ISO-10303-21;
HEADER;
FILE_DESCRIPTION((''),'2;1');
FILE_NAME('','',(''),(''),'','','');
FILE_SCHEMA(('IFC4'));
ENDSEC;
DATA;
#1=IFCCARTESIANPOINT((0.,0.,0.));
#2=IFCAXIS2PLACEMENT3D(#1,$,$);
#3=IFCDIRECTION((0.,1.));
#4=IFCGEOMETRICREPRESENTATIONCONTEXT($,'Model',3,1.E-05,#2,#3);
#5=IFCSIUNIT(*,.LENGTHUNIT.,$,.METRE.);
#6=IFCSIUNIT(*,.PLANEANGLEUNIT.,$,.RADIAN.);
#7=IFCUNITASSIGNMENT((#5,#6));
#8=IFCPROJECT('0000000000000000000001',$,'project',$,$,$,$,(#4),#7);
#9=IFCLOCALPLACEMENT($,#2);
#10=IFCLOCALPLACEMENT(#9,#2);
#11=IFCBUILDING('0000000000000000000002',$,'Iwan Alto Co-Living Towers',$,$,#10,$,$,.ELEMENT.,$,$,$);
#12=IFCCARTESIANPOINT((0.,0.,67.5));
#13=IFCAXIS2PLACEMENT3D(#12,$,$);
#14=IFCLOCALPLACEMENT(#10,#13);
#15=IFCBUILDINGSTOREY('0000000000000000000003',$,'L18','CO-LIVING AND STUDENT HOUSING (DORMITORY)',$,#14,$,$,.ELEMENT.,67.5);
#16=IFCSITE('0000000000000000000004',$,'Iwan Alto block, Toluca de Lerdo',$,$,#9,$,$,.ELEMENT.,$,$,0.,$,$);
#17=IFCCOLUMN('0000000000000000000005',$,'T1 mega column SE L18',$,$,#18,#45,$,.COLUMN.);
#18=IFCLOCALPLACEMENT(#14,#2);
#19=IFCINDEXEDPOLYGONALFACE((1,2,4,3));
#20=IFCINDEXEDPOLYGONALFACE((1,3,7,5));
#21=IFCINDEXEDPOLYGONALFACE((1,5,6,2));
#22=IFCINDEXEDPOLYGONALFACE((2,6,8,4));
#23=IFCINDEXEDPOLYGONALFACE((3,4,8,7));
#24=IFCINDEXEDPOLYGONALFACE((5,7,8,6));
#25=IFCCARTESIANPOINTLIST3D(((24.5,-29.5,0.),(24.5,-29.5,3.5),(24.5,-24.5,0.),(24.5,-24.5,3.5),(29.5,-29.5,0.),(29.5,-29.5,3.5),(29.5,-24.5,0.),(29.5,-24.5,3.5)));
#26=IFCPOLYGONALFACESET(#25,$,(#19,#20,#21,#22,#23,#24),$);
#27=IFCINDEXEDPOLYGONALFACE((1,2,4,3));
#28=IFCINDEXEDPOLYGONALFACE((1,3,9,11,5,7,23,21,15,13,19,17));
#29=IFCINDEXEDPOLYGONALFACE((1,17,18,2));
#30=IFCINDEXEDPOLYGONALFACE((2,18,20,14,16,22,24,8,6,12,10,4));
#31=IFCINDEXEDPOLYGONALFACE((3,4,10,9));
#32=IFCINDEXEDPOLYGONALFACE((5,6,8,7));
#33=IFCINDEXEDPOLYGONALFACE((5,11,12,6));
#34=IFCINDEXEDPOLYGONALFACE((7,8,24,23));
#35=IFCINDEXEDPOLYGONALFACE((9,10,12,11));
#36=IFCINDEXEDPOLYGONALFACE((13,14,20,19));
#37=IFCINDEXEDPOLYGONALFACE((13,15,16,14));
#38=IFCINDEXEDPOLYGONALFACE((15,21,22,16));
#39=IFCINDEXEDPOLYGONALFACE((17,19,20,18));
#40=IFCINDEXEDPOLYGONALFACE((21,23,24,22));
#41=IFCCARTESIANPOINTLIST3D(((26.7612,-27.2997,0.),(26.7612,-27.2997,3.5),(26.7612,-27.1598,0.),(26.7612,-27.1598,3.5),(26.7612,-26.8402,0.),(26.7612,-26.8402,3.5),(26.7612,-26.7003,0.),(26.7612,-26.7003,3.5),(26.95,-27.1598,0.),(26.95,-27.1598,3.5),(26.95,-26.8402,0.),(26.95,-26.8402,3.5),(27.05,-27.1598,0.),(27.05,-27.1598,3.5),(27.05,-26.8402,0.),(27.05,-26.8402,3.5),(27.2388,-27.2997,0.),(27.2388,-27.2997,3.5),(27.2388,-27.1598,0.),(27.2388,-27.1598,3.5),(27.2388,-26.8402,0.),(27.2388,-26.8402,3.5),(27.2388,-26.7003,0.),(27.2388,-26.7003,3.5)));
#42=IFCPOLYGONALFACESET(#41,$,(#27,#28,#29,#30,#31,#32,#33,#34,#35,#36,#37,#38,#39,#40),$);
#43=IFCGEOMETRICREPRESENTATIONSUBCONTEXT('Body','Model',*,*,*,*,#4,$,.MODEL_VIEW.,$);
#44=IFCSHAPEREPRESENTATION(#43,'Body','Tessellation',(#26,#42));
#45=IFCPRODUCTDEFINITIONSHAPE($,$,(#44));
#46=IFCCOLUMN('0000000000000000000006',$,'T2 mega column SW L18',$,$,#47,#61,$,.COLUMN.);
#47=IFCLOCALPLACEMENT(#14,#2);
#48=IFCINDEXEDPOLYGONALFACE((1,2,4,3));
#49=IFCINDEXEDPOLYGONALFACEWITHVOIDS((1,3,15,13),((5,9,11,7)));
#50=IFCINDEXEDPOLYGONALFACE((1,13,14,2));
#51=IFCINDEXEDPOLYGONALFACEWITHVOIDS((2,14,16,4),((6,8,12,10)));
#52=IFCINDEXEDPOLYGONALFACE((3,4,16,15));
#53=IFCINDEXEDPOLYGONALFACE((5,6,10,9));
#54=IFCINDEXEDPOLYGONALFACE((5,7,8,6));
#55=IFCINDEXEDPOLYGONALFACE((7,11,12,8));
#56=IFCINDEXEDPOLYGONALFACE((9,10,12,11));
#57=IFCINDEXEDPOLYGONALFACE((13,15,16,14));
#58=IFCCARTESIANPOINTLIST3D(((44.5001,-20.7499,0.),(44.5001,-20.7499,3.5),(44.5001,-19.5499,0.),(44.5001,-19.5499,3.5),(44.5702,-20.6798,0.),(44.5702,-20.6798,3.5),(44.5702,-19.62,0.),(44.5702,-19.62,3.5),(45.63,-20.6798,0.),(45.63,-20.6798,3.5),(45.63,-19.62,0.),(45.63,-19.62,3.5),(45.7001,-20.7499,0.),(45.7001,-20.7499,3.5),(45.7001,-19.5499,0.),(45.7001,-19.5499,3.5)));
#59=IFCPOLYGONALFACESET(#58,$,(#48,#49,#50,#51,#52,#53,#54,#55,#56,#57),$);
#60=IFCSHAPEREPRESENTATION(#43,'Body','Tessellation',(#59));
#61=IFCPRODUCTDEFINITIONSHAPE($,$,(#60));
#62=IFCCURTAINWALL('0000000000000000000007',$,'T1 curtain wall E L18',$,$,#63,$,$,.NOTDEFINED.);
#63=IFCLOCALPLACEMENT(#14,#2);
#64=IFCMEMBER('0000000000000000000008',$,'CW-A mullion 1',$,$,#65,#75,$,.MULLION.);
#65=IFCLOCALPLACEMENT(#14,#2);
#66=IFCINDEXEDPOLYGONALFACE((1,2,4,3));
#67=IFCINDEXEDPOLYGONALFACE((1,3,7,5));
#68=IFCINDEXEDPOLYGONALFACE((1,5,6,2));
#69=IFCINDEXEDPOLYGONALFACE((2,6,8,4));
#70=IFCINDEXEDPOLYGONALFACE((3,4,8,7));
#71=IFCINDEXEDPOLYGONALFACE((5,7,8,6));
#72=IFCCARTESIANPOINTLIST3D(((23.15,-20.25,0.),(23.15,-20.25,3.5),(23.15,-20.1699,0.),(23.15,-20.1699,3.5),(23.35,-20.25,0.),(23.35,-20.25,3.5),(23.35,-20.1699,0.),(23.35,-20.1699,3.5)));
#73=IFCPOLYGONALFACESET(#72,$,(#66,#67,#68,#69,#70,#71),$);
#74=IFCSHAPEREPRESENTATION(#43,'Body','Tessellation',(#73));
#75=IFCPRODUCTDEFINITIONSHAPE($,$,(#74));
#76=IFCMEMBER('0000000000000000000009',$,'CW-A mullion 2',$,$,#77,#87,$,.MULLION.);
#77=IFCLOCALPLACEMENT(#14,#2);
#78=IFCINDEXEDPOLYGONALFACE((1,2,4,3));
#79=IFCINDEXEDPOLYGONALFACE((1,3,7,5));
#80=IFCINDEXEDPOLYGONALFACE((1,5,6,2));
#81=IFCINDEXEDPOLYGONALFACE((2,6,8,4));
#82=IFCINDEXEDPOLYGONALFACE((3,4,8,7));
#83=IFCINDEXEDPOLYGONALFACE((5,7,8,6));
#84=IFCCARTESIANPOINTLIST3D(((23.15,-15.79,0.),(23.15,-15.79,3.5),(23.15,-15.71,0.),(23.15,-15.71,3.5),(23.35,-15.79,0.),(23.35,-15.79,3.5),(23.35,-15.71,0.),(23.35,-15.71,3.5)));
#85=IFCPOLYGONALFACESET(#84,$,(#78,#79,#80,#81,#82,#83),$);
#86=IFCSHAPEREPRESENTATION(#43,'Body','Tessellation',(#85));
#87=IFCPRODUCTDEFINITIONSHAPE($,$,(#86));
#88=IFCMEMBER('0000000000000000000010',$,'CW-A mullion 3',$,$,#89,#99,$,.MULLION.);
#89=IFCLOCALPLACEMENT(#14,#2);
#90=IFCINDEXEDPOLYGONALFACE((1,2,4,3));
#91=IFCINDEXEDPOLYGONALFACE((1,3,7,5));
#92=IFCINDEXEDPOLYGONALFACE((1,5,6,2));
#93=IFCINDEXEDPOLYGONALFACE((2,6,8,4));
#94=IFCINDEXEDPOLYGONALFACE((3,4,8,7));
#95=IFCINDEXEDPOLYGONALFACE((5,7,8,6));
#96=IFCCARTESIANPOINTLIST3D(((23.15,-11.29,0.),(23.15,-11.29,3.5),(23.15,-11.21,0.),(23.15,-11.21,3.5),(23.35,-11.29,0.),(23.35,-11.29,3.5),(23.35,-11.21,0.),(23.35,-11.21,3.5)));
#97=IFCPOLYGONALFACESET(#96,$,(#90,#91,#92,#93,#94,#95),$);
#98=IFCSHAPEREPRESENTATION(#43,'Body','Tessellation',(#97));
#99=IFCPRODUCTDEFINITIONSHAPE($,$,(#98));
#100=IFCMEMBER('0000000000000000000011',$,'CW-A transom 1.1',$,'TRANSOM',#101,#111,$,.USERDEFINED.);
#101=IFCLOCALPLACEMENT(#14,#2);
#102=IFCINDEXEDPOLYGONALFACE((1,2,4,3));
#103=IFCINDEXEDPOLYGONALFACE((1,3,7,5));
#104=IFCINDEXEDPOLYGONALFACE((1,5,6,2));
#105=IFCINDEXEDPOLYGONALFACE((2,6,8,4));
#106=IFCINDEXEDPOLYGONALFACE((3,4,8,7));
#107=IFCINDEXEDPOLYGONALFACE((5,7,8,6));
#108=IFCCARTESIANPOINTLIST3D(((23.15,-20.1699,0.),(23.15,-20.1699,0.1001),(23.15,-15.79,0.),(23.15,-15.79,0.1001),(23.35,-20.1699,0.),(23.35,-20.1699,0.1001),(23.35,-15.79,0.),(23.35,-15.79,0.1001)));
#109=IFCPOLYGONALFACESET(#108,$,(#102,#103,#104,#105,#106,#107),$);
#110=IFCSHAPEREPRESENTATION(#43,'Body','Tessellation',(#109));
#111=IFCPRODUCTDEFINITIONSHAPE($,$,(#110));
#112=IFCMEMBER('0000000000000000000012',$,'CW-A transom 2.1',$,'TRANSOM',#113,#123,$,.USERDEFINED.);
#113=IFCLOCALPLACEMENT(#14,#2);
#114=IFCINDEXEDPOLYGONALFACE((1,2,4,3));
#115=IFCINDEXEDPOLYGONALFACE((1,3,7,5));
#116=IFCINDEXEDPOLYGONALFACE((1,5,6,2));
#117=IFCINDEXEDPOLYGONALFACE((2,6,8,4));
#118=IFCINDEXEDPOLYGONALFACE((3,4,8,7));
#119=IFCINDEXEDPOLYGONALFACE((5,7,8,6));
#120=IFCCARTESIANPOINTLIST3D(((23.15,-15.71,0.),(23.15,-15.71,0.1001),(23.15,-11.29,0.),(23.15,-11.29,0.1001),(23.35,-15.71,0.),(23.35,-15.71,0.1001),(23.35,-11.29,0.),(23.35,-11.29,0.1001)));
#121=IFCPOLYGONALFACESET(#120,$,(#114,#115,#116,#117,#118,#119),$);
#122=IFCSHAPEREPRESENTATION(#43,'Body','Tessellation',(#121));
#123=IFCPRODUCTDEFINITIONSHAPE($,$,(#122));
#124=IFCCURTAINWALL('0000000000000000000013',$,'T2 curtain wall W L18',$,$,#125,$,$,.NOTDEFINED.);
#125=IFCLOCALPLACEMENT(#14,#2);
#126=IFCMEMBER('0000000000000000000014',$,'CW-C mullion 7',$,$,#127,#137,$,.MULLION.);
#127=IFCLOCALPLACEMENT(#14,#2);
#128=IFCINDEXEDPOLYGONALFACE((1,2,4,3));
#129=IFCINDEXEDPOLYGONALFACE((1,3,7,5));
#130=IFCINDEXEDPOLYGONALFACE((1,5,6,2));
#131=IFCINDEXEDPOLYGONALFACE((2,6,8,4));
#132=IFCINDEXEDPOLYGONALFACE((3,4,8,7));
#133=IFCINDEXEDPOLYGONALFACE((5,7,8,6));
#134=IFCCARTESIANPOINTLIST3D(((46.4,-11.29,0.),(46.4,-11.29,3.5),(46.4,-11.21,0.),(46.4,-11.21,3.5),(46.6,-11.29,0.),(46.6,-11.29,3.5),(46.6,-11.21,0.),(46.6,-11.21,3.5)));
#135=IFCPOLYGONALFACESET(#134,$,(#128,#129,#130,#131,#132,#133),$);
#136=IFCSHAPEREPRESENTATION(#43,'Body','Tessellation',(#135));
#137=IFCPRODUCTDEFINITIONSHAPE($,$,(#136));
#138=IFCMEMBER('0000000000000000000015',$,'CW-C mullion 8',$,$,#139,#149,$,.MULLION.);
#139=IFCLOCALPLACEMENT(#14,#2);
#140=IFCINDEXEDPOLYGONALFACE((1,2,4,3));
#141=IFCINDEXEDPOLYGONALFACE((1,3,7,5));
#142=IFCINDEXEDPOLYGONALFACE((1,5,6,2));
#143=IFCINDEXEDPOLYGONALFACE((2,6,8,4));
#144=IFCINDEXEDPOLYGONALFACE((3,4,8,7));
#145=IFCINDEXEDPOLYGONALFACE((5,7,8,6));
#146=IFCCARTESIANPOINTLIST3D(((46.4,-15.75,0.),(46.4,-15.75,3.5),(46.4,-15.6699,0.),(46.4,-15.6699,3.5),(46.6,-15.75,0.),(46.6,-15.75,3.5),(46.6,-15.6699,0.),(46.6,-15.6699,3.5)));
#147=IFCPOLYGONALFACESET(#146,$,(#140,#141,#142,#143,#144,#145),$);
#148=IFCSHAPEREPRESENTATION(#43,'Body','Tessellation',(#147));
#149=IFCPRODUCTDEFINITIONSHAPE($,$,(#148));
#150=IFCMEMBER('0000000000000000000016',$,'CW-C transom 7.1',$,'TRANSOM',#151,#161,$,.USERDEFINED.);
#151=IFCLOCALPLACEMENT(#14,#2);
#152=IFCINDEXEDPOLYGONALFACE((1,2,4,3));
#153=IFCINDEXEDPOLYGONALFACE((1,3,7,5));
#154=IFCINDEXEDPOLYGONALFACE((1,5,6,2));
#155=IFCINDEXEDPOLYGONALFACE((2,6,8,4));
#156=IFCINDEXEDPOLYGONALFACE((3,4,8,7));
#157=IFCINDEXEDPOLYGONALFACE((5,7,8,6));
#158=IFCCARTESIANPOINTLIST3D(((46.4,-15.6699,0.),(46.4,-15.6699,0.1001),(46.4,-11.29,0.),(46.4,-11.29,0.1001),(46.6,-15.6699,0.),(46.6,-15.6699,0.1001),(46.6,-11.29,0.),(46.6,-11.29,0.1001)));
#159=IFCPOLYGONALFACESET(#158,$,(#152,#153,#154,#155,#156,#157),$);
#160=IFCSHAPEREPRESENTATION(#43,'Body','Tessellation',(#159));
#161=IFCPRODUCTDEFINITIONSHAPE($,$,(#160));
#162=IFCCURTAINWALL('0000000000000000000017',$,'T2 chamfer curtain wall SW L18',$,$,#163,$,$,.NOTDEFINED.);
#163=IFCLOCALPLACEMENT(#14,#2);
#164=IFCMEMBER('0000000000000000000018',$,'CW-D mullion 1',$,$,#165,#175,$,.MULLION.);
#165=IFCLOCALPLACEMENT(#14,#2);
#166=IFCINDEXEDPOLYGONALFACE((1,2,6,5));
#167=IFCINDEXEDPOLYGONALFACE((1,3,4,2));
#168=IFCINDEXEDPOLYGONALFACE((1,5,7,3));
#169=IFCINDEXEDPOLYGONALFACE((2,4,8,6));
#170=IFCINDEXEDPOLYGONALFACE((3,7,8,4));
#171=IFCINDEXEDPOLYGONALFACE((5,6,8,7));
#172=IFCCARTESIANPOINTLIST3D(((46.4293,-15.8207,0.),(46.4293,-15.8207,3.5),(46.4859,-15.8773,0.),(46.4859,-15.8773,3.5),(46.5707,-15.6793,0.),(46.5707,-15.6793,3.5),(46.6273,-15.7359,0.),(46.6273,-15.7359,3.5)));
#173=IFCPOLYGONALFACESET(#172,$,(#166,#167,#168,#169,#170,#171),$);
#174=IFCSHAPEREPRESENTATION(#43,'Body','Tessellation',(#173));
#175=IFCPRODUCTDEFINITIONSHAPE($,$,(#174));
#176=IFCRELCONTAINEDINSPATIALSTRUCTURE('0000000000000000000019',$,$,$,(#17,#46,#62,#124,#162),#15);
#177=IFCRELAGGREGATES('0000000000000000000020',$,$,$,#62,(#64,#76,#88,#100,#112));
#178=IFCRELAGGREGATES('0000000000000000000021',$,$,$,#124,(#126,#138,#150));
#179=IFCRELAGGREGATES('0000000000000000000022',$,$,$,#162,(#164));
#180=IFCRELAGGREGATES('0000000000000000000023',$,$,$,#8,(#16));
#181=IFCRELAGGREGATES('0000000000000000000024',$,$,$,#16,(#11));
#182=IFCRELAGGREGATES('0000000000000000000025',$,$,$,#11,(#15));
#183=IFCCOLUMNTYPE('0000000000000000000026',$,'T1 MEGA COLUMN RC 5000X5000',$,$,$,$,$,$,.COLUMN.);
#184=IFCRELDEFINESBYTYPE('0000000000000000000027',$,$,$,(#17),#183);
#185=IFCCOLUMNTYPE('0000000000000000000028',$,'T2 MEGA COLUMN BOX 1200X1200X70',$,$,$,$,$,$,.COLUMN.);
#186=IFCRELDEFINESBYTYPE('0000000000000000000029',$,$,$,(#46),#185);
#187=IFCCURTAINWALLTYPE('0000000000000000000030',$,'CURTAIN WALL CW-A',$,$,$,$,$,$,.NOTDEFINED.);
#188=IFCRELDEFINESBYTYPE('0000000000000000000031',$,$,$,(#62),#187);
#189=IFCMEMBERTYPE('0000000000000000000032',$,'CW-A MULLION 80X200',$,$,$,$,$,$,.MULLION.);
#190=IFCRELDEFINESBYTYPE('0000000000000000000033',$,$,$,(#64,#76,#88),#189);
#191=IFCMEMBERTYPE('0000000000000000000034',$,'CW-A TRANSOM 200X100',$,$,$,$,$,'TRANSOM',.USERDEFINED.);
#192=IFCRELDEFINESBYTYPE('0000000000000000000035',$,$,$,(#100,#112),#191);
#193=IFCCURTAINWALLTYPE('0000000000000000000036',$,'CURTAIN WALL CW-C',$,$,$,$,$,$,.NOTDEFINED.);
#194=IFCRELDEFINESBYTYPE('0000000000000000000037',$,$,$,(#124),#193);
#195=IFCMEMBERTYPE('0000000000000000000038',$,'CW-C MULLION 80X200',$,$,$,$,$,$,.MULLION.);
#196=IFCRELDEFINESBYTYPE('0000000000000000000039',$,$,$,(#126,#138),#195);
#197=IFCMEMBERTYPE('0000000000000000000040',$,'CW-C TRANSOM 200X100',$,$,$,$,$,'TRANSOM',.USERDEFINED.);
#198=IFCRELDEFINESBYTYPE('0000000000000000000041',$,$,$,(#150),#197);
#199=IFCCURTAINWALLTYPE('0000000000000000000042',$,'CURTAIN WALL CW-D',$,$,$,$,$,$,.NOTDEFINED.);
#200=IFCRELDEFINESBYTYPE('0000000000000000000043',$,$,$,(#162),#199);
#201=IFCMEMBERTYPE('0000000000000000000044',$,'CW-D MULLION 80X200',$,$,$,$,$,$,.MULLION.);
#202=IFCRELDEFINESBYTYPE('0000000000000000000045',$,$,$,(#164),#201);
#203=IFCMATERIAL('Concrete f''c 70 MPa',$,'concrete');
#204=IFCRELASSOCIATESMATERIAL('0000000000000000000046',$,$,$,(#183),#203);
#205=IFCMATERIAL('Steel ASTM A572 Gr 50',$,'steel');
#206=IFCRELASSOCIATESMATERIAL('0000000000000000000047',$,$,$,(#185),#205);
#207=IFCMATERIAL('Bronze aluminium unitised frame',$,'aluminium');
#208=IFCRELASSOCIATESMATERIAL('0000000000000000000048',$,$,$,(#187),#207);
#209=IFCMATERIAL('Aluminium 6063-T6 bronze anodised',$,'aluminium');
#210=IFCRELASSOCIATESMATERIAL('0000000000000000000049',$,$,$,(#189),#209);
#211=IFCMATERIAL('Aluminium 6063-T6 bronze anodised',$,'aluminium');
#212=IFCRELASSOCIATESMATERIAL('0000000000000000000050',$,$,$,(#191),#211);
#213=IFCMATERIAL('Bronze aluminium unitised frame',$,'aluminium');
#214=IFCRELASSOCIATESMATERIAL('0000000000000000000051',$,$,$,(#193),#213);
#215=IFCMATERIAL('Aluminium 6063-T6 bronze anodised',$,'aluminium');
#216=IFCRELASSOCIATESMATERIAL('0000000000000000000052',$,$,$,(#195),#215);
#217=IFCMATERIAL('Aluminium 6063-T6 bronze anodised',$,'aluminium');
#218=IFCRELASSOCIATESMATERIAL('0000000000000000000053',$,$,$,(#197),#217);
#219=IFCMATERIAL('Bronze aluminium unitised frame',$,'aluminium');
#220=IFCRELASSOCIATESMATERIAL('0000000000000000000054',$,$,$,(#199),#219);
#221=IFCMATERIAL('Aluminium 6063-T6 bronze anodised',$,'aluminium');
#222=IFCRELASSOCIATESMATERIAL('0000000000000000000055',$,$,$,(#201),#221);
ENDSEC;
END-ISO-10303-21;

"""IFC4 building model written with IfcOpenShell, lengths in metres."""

from ifc_helpers import new_model, si_unit, direction, frame, origin, origin_2d, place, context, subcontext, project, spatial, rectangle, hollow_rectangle, i_section, extrude, material, material_profile, profile_set, type_object, element, aggregate, save


model = new_model("IFC4")

# Units and contexts
model_context = context("Model", 3, precision=1e-05, world=origin(), true_north=direction((0.0, 1.0)))
body_context = subcontext(model_context, "Body", "Model", "MODEL_VIEW")
ifc_project = project(units=[si_unit("LENGTHUNIT", "METRE"), si_unit("PLANEANGLEUNIT", "RADIAN")], contexts=[model_context])

# Site, building, storey
site_placement = place(None, origin())
site = spatial("IfcSite", under=ifc_project, at=site_placement, Name="Iwan Alto block, Toluca de Lerdo", CompositionType="ELEMENT", RefElevation=0.0)
building_placement = place(site_placement, origin())
building = spatial("IfcBuilding", under=site, at=building_placement, Name="Iwan Alto Co-Living Towers", CompositionType="ELEMENT")
storey_placement = place(building_placement, frame((0.0, 0.0, 67.5)))
storey = spatial("IfcBuildingStorey", under=building, at=storey_placement, Name="L18", Description="CO-LIVING AND STUDENT HOUSING (DORMITORY)", CompositionType="ELEMENT", Elevation=67.5)

# Columns
ifc_material_1 = material(Name="Concrete f'c 70 MPa", Category="concrete")
ifc_material_profile_1 = material_profile(ifc_material_1, rectangle(XDim=5.0, YDim=5.0, at=origin_2d()), Name="RC 5000X5000")
ifc_profile_set_1 = profile_set([ifc_material_profile_1], Name="Concrete f'c 70 MPa")
column_type_1 = type_object("IfcColumnType", Name="T1 MEGA COLUMN RC 5000X5000", PredefinedType="COLUMN", material=ifc_profile_set_1)
column_1_placement = place(storey_placement, frame((27.0, -27.0, 0.0), z_axis=(0.0, 0.0, 1.0), x_axis=(1.0, 0.0, 0.0)))
element("IfcColumn", 1, at=column_1_placement, inside=storey, type_object=column_type_1, Name="T1 mega column SE L18", PredefinedType="COLUMN", context=body_context, shape_type="SweptSolid", body=[
    extrude(rectangle(XDim=5.0, YDim=5.0, at=origin_2d()), origin(), (0.0, 0.0, 1.0), 3.5),
    extrude(i_section(OverallWidth=0.4775, OverallDepth=0.5994, WebThickness=0.1001, FlangeThickness=0.1399, at=origin_2d()), origin(), (0.0, 0.0, 1.0), 3.5),
])
ifc_material_2 = material(Name="Steel ASTM A572 Gr 50", Category="steel")
ifc_material_profile_2 = material_profile(ifc_material_2, hollow_rectangle(XDim=1.2, YDim=1.2, WallThickness=0.0701, at=origin_2d()), Name="BOX 1200X1200X70")
ifc_profile_set_2 = profile_set([ifc_material_profile_2], Name="Steel ASTM A572 Gr 50")
column_type_2 = type_object("IfcColumnType", Name="T2 MEGA COLUMN BOX 1200X1200X70", PredefinedType="COLUMN", material=ifc_profile_set_2)
column_2_placement = place(storey_placement, frame((45.1001, -20.1499, 0.0), z_axis=(0.0, 0.0, 1.0), x_axis=(1.0, 0.0, 0.0)))
element("IfcColumn", 2, at=column_2_placement, inside=storey, type_object=column_type_2, Name="T2 mega column SW L18", PredefinedType="COLUMN", context=body_context, shape_type="SweptSolid", body=[
    extrude(hollow_rectangle(XDim=1.2, YDim=1.2, WallThickness=0.0701, at=origin_2d()), origin(), (0.0, 0.0, 1.0), 3.5),
])

# Curtain walls, members
ifc_material_3 = material(Name="Bronze aluminium unitised frame", Category="aluminium")
curtain_wall_type_1 = type_object("IfcCurtainWallType", Name="CURTAIN WALL CW-A", PredefinedType="NOTDEFINED", material=ifc_material_3)
curtain_wall_1_placement = place(storey_placement, origin())
curtain_wall_1 = element("IfcCurtainWall", 3, at=curtain_wall_1_placement, inside=storey, type_object=curtain_wall_type_1, Name="T1 curtain wall E L18", PredefinedType="NOTDEFINED")
ifc_material_4 = material(Name="Aluminium 6063-T6 bronze anodised", Category="aluminium")
ifc_material_profile_3 = material_profile(ifc_material_4, rectangle(XDim=0.2, YDim=0.0801, at=origin_2d()), Name="AL 80X200")
ifc_profile_set_3 = profile_set([ifc_material_profile_3], Name="Aluminium 6063-T6 bronze anodised")
member_type_1 = type_object("IfcMemberType", Name="CW-A MULLION 80X200", PredefinedType="MULLION", material=ifc_profile_set_3)
member_1_placement = place(storey_placement, frame((23.25, -20.21, 0.0), z_axis=(0.0, 0.0, 1.0), x_axis=(-1.0, 0.0, 0.0)))
member_1 = element("IfcMember", 4, at=member_1_placement, type_object=member_type_1, Name="CW-A mullion 1", PredefinedType="MULLION", context=body_context, shape_type="SweptSolid", body=[
    extrude(rectangle(XDim=0.2, YDim=0.0801, at=origin_2d()), origin(), (0.0, 0.0, 1.0), 3.5),
])
member_2_placement = place(storey_placement, frame((23.25, -15.75, 0.0), z_axis=(0.0, 0.0, 1.0), x_axis=(-1.0, 0.0, 0.0)))
member_2 = element("IfcMember", 5, at=member_2_placement, type_object=member_type_1, Name="CW-A mullion 2", PredefinedType="MULLION", context=body_context, shape_type="SweptSolid", body=[
    extrude(rectangle(XDim=0.2, YDim=0.0801, at=origin_2d()), origin(), (0.0, 0.0, 1.0), 3.5),
])
member_3_placement = place(storey_placement, frame((23.25, -11.25, 0.0), z_axis=(0.0, 0.0, 1.0), x_axis=(-1.0, 0.0, 0.0)))
member_3 = element("IfcMember", 6, at=member_3_placement, type_object=member_type_1, Name="CW-A mullion 3", PredefinedType="MULLION", context=body_context, shape_type="SweptSolid", body=[
    extrude(rectangle(XDim=0.2, YDim=0.0801, at=origin_2d()), origin(), (0.0, 0.0, 1.0), 3.5),
])
ifc_material_5 = material(Name="Aluminium 6063-T6 bronze anodised", Category="aluminium")
ifc_material_profile_4 = material_profile(ifc_material_5, rectangle(XDim=0.2, YDim=0.1001, at=origin_2d()), Name="AL 200X100")
ifc_profile_set_4 = profile_set([ifc_material_profile_4], Name="Aluminium 6063-T6 bronze anodised")
member_type_2 = type_object("IfcMemberType", Name="CW-A TRANSOM 200X100", ElementType="TRANSOM", PredefinedType="USERDEFINED", material=ifc_profile_set_4)
member_4_placement = place(storey_placement, frame((23.25, -20.1699, 0.05), z_axis=(0.0, 1.0, 0.0), x_axis=(-1.0, 0.0, 0.0)))
member_4 = element("IfcMember", 7, at=member_4_placement, type_object=member_type_2, Name="CW-A transom 1.1", ObjectType="TRANSOM", PredefinedType="USERDEFINED", context=body_context, shape_type="SweptSolid", body=[
    extrude(rectangle(XDim=0.2, YDim=0.1001, at=origin_2d()), origin(), (0.0, 0.0, 1.0), 4.3799),
])
member_5_placement = place(storey_placement, frame((23.25, -15.71, 0.05), z_axis=(0.0, 1.0, 0.0), x_axis=(-1.0, 0.0, 0.0)))
member_5 = element("IfcMember", 8, at=member_5_placement, type_object=member_type_2, Name="CW-A transom 2.1", ObjectType="TRANSOM", PredefinedType="USERDEFINED", context=body_context, shape_type="SweptSolid", body=[
    extrude(rectangle(XDim=0.2, YDim=0.1001, at=origin_2d()), origin(), (0.0, 0.0, 1.0), 4.4199),
])
ifc_material_6 = material(Name="Bronze aluminium unitised frame", Category="aluminium")
curtain_wall_type_2 = type_object("IfcCurtainWallType", Name="CURTAIN WALL CW-C", PredefinedType="NOTDEFINED", material=ifc_material_6)
curtain_wall_2_placement = place(storey_placement, origin())
curtain_wall_2 = element("IfcCurtainWall", 9, at=curtain_wall_2_placement, inside=storey, type_object=curtain_wall_type_2, Name="T2 curtain wall W L18", PredefinedType="NOTDEFINED")
ifc_material_7 = material(Name="Aluminium 6063-T6 bronze anodised", Category="aluminium")
ifc_material_profile_5 = material_profile(ifc_material_7, rectangle(XDim=0.2, YDim=0.0801, at=origin_2d()), Name="AL 80X200")
ifc_profile_set_5 = profile_set([ifc_material_profile_5], Name="Aluminium 6063-T6 bronze anodised")
member_type_3 = type_object("IfcMemberType", Name="CW-C MULLION 80X200", PredefinedType="MULLION", material=ifc_profile_set_5)
member_6_placement = place(storey_placement, frame((46.5, -11.25, 0.0), z_axis=(0.0, 0.0, 1.0), x_axis=(1.0, 0.0, 0.0)))
member_6 = element("IfcMember", 10, at=member_6_placement, type_object=member_type_3, Name="CW-C mullion 7", PredefinedType="MULLION", context=body_context, shape_type="SweptSolid", body=[
    extrude(rectangle(XDim=0.2, YDim=0.0801, at=origin_2d()), origin(), (0.0, 0.0, 1.0), 3.5),
])
member_7_placement = place(storey_placement, frame((46.5, -15.71, 0.0), z_axis=(0.0, 0.0, 1.0), x_axis=(1.0, 0.0, 0.0)))
member_7 = element("IfcMember", 11, at=member_7_placement, type_object=member_type_3, Name="CW-C mullion 8", PredefinedType="MULLION", context=body_context, shape_type="SweptSolid", body=[
    extrude(rectangle(XDim=0.2, YDim=0.0801, at=origin_2d()), origin(), (0.0, 0.0, 1.0), 3.5),
])
ifc_material_8 = material(Name="Aluminium 6063-T6 bronze anodised", Category="aluminium")
ifc_material_profile_6 = material_profile(ifc_material_8, rectangle(XDim=0.2, YDim=0.1001, at=origin_2d()), Name="AL 200X100")
ifc_profile_set_6 = profile_set([ifc_material_profile_6], Name="Aluminium 6063-T6 bronze anodised")
member_type_4 = type_object("IfcMemberType", Name="CW-C TRANSOM 200X100", ElementType="TRANSOM", PredefinedType="USERDEFINED", material=ifc_profile_set_6)
member_8_placement = place(storey_placement, frame((46.5, -11.29, 0.05), z_axis=(0.0, -1.0, 0.0), x_axis=(1.0, 0.0, 0.0)))
member_8 = element("IfcMember", 12, at=member_8_placement, type_object=member_type_4, Name="CW-C transom 7.1", ObjectType="TRANSOM", PredefinedType="USERDEFINED", context=body_context, shape_type="SweptSolid", body=[
    extrude(rectangle(XDim=0.2, YDim=0.1001, at=origin_2d()), origin(), (0.0, 0.0, 1.0), 4.3799),
])
ifc_material_9 = material(Name="Bronze aluminium unitised frame", Category="aluminium")
curtain_wall_type_3 = type_object("IfcCurtainWallType", Name="CURTAIN WALL CW-D", PredefinedType="NOTDEFINED", material=ifc_material_9)
curtain_wall_3_placement = place(storey_placement, origin())
curtain_wall_3 = element("IfcCurtainWall", 13, at=curtain_wall_3_placement, inside=storey, type_object=curtain_wall_type_3, Name="T2 chamfer curtain wall SW L18", PredefinedType="NOTDEFINED")
ifc_material_10 = material(Name="Aluminium 6063-T6 bronze anodised", Category="aluminium")
ifc_material_profile_7 = material_profile(ifc_material_10, rectangle(XDim=0.2, YDim=0.0801, at=origin_2d()), Name="AL 80X200")
ifc_profile_set_7 = profile_set([ifc_material_profile_7], Name="Aluminium 6063-T6 bronze anodised")
member_type_5 = type_object("IfcMemberType", Name="CW-D MULLION 80X200", PredefinedType="MULLION", material=ifc_profile_set_7)
member_9_placement = place(storey_placement, frame((46.5283, -15.7783, 0.0), z_axis=(0.0, 0.0, 1.0), x_axis=(0.707107, 0.707107, 0.0)))
member_9 = element("IfcMember", 14, at=member_9_placement, type_object=member_type_5, Name="CW-D mullion 1", PredefinedType="MULLION", context=body_context, shape_type="SweptSolid", body=[
    extrude(rectangle(XDim=0.2, YDim=0.0801, at=origin_2d()), origin(), (0.0, 0.0, 1.0), 3.5),
])

aggregate(curtain_wall_1, [member_1, member_2, member_3, member_4, member_5])
aggregate(curtain_wall_2, [member_6, member_7, member_8])
aggregate(curtain_wall_3, [member_9])

save(model, "model.ifc")
